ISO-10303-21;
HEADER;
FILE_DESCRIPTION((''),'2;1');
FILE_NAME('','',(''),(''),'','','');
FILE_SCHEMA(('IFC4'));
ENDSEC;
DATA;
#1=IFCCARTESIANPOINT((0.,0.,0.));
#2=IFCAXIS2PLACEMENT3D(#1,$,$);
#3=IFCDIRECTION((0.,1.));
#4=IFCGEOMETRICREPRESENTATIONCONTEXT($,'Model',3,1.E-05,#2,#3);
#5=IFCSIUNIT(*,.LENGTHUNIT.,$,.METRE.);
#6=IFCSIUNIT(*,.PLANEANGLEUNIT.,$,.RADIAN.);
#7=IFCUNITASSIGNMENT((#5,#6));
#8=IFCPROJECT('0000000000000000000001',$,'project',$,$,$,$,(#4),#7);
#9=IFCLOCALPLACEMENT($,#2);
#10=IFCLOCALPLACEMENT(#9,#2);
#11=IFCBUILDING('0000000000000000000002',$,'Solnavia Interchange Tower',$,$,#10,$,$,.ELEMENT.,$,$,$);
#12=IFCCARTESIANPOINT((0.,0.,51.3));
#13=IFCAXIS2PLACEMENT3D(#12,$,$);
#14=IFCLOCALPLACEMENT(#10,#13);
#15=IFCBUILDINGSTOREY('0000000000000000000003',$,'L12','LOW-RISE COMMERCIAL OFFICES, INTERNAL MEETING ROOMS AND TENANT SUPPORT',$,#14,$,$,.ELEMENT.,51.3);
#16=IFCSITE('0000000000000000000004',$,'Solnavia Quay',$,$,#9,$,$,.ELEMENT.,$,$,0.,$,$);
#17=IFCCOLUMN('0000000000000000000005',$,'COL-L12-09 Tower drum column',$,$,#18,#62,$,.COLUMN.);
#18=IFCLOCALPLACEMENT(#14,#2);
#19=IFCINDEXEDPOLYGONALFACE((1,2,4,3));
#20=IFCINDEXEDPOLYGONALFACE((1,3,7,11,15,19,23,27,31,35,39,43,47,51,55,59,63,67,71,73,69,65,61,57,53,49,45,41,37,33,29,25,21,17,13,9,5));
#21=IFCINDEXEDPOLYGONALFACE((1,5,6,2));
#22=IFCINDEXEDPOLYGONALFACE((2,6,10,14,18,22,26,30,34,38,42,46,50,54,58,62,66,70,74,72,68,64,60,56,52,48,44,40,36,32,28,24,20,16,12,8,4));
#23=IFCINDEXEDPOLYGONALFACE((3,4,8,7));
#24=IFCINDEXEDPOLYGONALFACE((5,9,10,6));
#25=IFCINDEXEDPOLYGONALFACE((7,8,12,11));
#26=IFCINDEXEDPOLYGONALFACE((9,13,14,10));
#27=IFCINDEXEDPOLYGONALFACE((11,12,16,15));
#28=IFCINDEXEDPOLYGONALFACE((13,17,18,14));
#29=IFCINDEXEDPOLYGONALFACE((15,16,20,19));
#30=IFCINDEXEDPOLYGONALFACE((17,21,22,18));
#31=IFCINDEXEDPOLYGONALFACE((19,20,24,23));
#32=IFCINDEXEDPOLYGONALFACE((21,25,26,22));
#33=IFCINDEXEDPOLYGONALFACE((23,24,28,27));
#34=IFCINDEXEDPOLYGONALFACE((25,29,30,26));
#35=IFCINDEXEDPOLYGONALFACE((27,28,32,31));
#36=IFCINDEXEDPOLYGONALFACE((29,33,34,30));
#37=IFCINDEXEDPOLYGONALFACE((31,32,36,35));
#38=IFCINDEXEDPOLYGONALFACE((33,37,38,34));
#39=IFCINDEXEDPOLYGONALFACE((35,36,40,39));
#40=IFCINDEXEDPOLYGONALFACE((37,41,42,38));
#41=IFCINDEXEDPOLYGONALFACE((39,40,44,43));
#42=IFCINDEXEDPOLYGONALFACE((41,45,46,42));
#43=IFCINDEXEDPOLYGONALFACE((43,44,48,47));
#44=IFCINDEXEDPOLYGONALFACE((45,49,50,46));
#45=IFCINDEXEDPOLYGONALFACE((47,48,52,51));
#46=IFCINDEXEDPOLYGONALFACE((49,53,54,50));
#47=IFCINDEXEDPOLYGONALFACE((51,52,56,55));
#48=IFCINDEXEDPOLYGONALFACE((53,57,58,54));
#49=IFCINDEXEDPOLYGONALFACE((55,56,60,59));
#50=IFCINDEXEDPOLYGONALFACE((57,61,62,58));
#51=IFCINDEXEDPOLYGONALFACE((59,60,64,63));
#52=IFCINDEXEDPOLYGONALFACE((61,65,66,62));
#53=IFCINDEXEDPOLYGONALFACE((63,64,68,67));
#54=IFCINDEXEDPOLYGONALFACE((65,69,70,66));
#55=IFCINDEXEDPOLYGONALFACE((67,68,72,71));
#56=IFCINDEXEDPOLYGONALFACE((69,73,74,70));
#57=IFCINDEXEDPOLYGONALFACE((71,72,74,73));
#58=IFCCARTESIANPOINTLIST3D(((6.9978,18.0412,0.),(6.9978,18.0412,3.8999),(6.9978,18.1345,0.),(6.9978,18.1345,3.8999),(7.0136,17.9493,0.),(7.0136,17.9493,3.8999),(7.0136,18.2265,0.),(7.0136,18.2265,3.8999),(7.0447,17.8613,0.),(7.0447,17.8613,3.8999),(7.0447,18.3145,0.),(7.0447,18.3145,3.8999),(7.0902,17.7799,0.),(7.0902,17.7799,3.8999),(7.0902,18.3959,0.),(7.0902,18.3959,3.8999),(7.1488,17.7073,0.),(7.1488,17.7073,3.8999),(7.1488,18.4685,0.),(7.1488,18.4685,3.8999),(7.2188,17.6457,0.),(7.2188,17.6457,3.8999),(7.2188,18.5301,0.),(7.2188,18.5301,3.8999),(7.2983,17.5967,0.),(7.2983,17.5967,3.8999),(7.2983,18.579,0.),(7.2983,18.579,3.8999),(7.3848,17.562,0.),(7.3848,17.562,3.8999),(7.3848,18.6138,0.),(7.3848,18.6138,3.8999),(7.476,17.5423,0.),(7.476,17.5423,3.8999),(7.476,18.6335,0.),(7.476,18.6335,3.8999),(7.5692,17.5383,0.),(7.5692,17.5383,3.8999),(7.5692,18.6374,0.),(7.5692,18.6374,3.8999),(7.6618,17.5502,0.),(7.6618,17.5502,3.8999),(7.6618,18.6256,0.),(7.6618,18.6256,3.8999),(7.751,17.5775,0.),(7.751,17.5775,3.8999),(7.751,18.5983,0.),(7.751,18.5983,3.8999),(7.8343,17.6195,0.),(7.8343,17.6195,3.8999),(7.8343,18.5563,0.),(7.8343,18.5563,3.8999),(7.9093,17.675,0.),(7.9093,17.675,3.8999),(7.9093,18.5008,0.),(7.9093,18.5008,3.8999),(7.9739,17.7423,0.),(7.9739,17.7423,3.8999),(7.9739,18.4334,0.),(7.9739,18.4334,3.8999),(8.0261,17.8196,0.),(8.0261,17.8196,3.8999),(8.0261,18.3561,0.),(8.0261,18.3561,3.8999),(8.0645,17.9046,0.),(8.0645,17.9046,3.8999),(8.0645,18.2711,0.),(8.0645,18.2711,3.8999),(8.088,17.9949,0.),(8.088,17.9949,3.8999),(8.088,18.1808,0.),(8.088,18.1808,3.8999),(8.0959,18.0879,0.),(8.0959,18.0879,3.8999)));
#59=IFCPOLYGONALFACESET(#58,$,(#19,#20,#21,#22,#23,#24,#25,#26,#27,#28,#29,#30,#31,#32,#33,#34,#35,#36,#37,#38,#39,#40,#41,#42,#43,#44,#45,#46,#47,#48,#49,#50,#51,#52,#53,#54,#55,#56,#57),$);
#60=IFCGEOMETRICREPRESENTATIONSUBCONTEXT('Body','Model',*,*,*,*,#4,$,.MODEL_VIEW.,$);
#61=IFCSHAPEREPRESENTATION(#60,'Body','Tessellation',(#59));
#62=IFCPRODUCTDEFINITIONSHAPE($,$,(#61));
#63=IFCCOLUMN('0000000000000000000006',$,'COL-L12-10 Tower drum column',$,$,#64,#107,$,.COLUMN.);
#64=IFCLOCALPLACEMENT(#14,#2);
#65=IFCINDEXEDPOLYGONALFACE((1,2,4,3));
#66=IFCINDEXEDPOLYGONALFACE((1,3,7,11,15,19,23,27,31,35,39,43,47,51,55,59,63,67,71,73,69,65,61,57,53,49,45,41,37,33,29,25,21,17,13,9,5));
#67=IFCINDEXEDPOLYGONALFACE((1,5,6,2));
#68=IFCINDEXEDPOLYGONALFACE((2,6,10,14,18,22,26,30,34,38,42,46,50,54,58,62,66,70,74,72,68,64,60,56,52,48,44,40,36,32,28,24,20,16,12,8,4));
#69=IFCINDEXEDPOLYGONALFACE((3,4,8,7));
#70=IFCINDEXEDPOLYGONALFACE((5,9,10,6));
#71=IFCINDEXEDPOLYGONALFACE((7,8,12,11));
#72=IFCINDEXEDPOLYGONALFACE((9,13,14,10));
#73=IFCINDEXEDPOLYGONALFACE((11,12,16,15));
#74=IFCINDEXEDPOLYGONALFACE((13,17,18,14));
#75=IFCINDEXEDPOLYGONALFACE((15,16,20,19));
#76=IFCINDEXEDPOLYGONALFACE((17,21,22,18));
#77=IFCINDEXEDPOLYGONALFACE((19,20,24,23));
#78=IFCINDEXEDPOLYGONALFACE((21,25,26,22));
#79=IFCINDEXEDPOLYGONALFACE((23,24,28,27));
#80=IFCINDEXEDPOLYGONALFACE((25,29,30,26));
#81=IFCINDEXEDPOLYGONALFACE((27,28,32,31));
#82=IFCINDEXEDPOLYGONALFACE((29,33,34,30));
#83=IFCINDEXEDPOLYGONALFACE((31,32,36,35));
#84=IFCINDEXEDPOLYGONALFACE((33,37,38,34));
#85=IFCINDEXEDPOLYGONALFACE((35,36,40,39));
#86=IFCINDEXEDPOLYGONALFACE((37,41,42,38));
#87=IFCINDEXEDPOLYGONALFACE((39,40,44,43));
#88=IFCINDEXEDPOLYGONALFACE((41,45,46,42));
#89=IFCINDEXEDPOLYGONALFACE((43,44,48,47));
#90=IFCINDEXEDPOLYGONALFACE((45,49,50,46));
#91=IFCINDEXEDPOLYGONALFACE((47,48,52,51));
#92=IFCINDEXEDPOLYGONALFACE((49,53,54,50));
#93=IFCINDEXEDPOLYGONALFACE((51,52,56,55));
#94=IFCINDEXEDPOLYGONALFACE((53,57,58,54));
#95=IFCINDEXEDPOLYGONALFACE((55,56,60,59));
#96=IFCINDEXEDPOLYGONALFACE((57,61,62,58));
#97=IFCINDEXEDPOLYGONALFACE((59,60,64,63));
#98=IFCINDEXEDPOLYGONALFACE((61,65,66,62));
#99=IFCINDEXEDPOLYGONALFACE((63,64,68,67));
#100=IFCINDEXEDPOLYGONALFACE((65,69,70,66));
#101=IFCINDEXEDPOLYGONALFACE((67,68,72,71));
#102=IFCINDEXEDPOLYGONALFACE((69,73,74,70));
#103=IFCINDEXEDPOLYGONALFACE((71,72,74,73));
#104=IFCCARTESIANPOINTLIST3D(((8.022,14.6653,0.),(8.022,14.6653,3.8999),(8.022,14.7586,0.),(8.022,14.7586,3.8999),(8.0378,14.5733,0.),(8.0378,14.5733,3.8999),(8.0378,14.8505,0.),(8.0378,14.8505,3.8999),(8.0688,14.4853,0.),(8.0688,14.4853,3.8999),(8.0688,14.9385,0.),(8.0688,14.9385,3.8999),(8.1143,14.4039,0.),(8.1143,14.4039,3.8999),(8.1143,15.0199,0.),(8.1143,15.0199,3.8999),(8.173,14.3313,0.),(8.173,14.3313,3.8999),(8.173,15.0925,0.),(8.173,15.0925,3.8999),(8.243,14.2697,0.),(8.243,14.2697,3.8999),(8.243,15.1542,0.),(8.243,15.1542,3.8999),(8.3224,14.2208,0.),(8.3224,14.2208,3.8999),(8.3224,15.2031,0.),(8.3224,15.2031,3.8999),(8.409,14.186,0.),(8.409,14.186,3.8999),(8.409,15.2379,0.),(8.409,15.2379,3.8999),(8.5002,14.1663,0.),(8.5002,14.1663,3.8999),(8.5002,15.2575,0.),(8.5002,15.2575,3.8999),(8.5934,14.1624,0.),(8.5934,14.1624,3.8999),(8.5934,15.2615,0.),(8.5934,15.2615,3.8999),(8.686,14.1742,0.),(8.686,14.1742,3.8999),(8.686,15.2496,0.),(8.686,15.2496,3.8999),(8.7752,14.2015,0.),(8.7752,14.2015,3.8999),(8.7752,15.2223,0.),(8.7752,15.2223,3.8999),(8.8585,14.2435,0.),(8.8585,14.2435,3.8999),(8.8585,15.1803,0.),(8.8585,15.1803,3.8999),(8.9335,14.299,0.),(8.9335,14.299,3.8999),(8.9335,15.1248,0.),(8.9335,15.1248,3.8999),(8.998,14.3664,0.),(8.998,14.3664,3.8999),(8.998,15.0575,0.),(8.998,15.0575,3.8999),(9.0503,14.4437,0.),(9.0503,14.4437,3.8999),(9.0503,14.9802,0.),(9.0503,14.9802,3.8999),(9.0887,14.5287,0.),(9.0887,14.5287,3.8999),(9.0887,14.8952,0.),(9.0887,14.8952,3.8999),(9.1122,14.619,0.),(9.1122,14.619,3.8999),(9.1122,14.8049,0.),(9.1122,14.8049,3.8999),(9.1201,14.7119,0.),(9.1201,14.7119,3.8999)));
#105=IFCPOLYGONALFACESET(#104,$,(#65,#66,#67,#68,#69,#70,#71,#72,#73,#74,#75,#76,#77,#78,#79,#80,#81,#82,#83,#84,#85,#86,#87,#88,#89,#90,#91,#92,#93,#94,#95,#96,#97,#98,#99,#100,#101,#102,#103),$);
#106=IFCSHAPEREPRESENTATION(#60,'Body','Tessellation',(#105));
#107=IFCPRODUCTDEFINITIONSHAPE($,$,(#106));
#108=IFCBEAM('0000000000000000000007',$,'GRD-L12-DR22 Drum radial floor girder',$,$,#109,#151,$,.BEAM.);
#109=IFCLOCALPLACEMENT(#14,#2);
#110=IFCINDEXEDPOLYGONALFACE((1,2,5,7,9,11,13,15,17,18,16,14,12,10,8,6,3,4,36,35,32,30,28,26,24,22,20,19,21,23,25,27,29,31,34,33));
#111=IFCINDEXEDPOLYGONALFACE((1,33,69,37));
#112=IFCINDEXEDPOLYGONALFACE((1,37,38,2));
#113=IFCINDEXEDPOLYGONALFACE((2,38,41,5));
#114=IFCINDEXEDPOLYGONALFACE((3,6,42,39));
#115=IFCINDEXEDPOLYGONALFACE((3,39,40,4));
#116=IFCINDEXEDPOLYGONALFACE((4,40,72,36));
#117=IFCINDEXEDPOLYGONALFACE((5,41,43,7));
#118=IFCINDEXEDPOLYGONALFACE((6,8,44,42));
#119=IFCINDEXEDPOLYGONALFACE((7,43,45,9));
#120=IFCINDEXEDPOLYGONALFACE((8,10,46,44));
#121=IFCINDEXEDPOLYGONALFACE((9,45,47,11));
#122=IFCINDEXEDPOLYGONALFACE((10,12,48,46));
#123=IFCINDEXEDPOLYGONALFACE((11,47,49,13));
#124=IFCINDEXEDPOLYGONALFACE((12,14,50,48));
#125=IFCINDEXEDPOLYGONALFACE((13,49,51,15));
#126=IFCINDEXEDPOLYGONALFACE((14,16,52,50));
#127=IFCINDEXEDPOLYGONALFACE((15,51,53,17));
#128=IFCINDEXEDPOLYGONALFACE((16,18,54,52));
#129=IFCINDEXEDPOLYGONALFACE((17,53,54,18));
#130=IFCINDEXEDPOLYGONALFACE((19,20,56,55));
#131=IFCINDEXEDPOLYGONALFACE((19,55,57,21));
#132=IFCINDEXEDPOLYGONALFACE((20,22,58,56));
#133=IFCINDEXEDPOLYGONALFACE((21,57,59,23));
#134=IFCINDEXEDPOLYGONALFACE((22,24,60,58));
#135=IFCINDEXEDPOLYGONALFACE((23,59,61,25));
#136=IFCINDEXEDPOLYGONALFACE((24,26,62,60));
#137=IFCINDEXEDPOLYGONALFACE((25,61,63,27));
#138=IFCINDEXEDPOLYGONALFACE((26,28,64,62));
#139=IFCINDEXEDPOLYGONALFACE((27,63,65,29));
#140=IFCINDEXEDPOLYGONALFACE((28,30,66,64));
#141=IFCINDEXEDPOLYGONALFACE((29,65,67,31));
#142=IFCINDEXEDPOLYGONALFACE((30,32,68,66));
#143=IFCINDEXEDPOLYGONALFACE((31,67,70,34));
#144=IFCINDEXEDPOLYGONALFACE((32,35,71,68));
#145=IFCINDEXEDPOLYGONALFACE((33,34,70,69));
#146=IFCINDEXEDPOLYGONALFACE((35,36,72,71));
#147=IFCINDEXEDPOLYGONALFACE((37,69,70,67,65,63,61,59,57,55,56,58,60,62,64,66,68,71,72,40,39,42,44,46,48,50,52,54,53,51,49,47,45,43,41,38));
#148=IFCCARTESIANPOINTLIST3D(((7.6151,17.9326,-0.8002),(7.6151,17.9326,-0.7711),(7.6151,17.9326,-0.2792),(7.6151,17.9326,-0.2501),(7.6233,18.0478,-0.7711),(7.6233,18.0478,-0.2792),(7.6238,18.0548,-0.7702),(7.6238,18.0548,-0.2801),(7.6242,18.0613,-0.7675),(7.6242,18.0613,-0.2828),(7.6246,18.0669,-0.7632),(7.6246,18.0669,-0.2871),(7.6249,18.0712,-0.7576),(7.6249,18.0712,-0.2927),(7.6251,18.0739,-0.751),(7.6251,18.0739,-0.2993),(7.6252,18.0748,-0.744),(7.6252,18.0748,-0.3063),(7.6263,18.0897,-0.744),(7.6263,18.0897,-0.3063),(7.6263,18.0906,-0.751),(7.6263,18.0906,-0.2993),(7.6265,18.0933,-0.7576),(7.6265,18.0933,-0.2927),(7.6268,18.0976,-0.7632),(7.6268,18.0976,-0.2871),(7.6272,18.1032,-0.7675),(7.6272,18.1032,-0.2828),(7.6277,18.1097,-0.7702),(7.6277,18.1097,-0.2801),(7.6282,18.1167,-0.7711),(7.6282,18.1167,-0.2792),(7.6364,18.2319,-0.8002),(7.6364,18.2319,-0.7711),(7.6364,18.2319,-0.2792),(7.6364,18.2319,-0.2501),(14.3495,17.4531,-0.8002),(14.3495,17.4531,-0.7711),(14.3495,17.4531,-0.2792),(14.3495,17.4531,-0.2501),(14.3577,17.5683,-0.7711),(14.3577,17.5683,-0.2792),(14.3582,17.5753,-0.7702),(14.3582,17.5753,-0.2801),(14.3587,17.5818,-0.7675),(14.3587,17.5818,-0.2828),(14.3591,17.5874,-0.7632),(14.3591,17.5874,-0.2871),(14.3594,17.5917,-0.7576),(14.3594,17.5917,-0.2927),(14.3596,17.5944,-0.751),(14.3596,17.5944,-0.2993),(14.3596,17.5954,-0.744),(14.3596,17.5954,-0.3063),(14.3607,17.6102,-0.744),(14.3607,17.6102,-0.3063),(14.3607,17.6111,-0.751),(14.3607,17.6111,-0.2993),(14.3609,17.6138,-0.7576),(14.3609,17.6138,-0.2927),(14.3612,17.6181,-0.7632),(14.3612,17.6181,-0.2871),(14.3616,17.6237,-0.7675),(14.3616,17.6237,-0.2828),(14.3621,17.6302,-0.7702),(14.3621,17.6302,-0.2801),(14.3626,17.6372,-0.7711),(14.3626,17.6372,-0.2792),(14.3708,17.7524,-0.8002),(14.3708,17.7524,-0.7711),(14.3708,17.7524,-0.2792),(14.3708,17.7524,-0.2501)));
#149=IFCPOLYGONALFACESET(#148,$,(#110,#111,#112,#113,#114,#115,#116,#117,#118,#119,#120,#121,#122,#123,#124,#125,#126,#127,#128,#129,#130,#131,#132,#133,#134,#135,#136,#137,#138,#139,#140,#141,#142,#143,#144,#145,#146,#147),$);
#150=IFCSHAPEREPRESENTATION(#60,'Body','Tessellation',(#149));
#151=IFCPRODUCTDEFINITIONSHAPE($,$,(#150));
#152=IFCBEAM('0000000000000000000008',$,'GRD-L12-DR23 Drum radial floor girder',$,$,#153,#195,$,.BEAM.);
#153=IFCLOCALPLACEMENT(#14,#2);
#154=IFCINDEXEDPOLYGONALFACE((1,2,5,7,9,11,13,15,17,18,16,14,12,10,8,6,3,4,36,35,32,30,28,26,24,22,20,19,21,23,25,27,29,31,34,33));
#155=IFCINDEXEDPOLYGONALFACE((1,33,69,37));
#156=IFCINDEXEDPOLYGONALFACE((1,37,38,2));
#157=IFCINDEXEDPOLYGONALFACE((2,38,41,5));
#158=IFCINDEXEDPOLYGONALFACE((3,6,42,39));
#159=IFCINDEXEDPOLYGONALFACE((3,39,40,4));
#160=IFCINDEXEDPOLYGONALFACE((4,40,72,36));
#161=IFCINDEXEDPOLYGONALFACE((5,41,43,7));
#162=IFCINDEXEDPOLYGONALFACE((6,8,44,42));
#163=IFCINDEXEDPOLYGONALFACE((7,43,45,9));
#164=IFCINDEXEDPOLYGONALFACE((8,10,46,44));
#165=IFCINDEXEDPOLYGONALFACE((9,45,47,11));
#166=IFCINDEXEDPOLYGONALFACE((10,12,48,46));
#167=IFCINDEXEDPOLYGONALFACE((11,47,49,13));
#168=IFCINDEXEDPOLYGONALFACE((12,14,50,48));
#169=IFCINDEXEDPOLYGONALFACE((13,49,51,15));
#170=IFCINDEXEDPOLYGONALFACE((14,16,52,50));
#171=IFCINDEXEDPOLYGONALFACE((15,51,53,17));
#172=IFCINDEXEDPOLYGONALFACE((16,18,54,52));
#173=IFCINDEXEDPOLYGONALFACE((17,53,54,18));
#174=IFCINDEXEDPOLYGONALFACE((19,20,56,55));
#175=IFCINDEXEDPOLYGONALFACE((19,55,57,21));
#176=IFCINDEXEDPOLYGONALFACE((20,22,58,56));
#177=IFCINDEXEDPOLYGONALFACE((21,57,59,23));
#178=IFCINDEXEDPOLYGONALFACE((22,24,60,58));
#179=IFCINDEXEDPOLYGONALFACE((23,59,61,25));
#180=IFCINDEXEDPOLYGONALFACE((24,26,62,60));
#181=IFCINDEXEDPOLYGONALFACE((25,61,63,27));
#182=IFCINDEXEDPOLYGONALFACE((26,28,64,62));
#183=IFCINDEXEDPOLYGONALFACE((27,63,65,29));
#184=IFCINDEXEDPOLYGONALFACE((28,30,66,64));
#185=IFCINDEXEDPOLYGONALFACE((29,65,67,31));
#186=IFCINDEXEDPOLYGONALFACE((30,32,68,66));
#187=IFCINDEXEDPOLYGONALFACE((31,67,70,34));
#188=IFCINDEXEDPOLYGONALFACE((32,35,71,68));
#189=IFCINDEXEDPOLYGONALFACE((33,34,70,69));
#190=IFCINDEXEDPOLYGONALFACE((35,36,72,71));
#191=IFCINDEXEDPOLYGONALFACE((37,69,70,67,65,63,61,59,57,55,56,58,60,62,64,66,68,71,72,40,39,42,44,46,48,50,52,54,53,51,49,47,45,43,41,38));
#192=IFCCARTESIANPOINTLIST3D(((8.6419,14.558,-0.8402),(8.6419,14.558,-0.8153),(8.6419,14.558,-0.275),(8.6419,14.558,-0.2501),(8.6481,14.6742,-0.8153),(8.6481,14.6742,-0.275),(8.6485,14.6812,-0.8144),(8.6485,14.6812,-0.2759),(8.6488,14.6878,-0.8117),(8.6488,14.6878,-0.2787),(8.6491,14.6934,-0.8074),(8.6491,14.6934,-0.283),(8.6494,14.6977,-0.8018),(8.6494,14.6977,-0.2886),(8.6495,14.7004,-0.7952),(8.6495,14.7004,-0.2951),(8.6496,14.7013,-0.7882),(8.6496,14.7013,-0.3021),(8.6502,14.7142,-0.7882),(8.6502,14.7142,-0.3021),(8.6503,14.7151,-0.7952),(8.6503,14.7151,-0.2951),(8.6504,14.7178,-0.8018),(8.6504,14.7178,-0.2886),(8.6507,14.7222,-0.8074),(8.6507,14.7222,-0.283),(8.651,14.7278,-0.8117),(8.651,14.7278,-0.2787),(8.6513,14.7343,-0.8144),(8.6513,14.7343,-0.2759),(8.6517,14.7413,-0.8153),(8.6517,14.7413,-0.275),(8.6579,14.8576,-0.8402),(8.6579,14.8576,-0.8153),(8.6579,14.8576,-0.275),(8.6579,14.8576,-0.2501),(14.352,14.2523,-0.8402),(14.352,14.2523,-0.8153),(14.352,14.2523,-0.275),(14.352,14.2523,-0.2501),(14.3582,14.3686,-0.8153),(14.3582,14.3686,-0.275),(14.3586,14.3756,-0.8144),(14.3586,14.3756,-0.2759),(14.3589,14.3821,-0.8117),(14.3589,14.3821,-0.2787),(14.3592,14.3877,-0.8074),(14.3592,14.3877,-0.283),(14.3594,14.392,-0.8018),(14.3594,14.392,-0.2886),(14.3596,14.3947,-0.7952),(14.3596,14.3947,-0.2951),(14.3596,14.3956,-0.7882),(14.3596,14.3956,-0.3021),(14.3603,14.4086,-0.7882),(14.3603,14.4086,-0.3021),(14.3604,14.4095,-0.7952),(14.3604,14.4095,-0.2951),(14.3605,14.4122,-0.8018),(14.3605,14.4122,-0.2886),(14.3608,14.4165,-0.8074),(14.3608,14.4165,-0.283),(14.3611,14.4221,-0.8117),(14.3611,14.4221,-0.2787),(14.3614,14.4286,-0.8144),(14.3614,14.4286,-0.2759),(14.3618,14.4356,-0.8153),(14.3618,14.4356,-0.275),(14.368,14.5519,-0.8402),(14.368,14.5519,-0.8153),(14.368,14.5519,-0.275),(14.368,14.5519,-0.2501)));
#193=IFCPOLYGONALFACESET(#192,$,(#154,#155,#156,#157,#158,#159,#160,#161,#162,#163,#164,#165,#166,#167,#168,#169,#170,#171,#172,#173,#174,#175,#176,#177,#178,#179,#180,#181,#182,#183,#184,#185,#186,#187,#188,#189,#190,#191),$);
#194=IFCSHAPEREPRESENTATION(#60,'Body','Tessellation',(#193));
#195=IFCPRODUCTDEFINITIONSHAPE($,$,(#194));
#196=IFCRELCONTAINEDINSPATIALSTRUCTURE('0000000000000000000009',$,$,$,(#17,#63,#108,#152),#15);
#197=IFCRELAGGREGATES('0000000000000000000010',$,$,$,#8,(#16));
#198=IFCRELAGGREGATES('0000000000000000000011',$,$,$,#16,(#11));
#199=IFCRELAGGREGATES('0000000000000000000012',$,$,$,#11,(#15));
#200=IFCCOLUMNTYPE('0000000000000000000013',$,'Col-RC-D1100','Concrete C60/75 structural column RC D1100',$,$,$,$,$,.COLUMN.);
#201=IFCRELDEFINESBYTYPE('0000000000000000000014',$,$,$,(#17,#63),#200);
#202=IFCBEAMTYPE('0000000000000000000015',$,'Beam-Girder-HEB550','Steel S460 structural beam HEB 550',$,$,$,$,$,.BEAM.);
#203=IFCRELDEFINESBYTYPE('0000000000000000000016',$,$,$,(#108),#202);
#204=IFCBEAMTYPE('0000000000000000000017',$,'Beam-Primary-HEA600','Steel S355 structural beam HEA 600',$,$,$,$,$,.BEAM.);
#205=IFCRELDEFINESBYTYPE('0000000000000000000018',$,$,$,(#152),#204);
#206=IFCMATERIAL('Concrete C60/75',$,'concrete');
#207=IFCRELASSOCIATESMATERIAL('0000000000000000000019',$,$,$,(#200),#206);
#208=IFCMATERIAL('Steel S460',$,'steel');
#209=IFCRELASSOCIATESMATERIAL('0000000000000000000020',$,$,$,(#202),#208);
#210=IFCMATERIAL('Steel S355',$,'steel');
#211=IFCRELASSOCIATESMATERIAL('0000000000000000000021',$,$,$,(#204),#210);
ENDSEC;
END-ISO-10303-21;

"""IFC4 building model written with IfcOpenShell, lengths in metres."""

from ifc_helpers import new_model, si_unit, direction, frame, origin, origin_2d, place, context, subcontext, project, spatial, circle, i_section, extrude, material, material_profile, profile_set, type_object, element, save


model = new_model("IFC4")

# Units and contexts
model_context = context("Model", 3, precision=1e-05, world=origin(), true_north=direction((0.0, 1.0)))
body_context = subcontext(model_context, "Body", "Model", "MODEL_VIEW")
ifc_project = project(units=[si_unit("LENGTHUNIT", "METRE"), si_unit("PLANEANGLEUNIT", "RADIAN")], contexts=[model_context])

# Site, building, storey
site_placement = place(None, origin())
site = spatial("IfcSite", under=ifc_project, at=site_placement, Name="Solnavia Quay", CompositionType="ELEMENT", RefElevation=0.0)
building_placement = place(site_placement, origin())
building = spatial("IfcBuilding", under=site, at=building_placement, Name="Solnavia Interchange Tower", CompositionType="ELEMENT")
storey_placement = place(building_placement, frame((0.0, 0.0, 51.3)))
storey = spatial("IfcBuildingStorey", under=building, at=storey_placement, Name="L12", Description="LOW-RISE COMMERCIAL OFFICES, INTERNAL MEETING ROOMS AND TENANT SUPPORT", CompositionType="ELEMENT", Elevation=51.3)

# Columns
ifc_material_1 = material(Name="Concrete C60/75", Category="concrete")
ifc_material_profile_1 = material_profile(ifc_material_1, circle(Radius=0.55, at=origin_2d()), Name="RC D1100")
ifc_profile_set_1 = profile_set([ifc_material_profile_1], Name="Concrete C60/75")
column_type = type_object("IfcColumnType", Name="Col-RC-D1100", Description="Concrete C60/75 structural column RC D1100", PredefinedType="COLUMN", material=ifc_profile_set_1)
for number, where, z_axis, x_axis, name in (
    (1, (7.5459, 18.0879, 0.0), (0.0, 0.0, 1.0), (1.0, 0.0, 0.0), "COL-L12-09 Tower drum column"),
    (2, (8.5701, 14.7119, 0.0), (0.0, 0.0, 1.0), (1.0, 0.0, 0.0), "COL-L12-10 Tower drum column"),
):
    element("IfcColumn", number, at=place(storey_placement, frame(where, z_axis=z_axis, x_axis=x_axis)), inside=storey, type_object=column_type, Name=name, PredefinedType="COLUMN", context=body_context, shape_type="SweptSolid", body=[
        extrude(circle(Radius=0.55, at=origin_2d()), origin(), (0.0, 0.0, 1.0), 3.8999),
    ])

# Beams
ifc_material_2 = material(Name="Steel S460", Category="steel")
ifc_material_profile_2 = material_profile(ifc_material_2, i_section(OverallWidth=0.3, OverallDepth=0.55, WebThickness=0.0149, FlangeThickness=0.0291, FilletRadius=0.0271, at=origin_2d()), Name="HEB 550")
ifc_profile_set_2 = profile_set([ifc_material_profile_2], Name="Steel S460")
beam_type_1 = type_object("IfcBeamType", Name="Beam-Girder-HEB550", Description="Steel S460 structural beam HEB 550", PredefinedType="BEAM", material=ifc_profile_set_2)
beam_1_placement = place(storey_placement, frame((7.6257, 18.0823, -0.5251), z_axis=(0.997475, -0.071021, 0.0), x_axis=(0.071021, 0.997475, 0.0)))
element("IfcBeam", 3, at=beam_1_placement, inside=storey, type_object=beam_type_1, Name="GRD-L12-DR22 Drum radial floor girder", PredefinedType="BEAM", context=body_context, shape_type="SweptSolid", body=[
    extrude(i_section(OverallWidth=0.3, OverallDepth=0.55, WebThickness=0.0149, FlangeThickness=0.0291, FilletRadius=0.0271, at=origin_2d()), origin(), (0.0, 0.0, 1.0), 6.7515),
])
ifc_material_3 = material(Name="Steel S355", Category="steel")
ifc_material_profile_3 = material_profile(ifc_material_3, i_section(OverallWidth=0.3, OverallDepth=0.5901, WebThickness=0.0129, FlangeThickness=0.0249, FilletRadius=0.0271, at=origin_2d()), Name="HEA 600")
ifc_profile_set_3 = profile_set([ifc_material_profile_3], Name="Steel S355")
beam_type_2 = type_object("IfcBeamType", Name="Beam-Primary-HEA600", Description="Steel S355 structural beam HEA 600", PredefinedType="BEAM", material=ifc_profile_set_3)
beam_2_placement = place(storey_placement, frame((8.6499, 14.7078, -0.5452), z_axis=(0.99857, -0.053453, 0.0), x_axis=(0.053453, 0.99857, 0.0)))
element("IfcBeam", 4, at=beam_2_placement, inside=storey, type_object=beam_type_2, Name="GRD-L12-DR23 Drum radial floor girder", PredefinedType="BEAM", context=body_context, shape_type="SweptSolid", body=[
    extrude(i_section(OverallWidth=0.3, OverallDepth=0.5901, WebThickness=0.0129, FlangeThickness=0.0249, FilletRadius=0.0271, at=origin_2d()), origin(), (0.0, 0.0, 1.0), 5.7183),
])

save(model, "model.ifc")
